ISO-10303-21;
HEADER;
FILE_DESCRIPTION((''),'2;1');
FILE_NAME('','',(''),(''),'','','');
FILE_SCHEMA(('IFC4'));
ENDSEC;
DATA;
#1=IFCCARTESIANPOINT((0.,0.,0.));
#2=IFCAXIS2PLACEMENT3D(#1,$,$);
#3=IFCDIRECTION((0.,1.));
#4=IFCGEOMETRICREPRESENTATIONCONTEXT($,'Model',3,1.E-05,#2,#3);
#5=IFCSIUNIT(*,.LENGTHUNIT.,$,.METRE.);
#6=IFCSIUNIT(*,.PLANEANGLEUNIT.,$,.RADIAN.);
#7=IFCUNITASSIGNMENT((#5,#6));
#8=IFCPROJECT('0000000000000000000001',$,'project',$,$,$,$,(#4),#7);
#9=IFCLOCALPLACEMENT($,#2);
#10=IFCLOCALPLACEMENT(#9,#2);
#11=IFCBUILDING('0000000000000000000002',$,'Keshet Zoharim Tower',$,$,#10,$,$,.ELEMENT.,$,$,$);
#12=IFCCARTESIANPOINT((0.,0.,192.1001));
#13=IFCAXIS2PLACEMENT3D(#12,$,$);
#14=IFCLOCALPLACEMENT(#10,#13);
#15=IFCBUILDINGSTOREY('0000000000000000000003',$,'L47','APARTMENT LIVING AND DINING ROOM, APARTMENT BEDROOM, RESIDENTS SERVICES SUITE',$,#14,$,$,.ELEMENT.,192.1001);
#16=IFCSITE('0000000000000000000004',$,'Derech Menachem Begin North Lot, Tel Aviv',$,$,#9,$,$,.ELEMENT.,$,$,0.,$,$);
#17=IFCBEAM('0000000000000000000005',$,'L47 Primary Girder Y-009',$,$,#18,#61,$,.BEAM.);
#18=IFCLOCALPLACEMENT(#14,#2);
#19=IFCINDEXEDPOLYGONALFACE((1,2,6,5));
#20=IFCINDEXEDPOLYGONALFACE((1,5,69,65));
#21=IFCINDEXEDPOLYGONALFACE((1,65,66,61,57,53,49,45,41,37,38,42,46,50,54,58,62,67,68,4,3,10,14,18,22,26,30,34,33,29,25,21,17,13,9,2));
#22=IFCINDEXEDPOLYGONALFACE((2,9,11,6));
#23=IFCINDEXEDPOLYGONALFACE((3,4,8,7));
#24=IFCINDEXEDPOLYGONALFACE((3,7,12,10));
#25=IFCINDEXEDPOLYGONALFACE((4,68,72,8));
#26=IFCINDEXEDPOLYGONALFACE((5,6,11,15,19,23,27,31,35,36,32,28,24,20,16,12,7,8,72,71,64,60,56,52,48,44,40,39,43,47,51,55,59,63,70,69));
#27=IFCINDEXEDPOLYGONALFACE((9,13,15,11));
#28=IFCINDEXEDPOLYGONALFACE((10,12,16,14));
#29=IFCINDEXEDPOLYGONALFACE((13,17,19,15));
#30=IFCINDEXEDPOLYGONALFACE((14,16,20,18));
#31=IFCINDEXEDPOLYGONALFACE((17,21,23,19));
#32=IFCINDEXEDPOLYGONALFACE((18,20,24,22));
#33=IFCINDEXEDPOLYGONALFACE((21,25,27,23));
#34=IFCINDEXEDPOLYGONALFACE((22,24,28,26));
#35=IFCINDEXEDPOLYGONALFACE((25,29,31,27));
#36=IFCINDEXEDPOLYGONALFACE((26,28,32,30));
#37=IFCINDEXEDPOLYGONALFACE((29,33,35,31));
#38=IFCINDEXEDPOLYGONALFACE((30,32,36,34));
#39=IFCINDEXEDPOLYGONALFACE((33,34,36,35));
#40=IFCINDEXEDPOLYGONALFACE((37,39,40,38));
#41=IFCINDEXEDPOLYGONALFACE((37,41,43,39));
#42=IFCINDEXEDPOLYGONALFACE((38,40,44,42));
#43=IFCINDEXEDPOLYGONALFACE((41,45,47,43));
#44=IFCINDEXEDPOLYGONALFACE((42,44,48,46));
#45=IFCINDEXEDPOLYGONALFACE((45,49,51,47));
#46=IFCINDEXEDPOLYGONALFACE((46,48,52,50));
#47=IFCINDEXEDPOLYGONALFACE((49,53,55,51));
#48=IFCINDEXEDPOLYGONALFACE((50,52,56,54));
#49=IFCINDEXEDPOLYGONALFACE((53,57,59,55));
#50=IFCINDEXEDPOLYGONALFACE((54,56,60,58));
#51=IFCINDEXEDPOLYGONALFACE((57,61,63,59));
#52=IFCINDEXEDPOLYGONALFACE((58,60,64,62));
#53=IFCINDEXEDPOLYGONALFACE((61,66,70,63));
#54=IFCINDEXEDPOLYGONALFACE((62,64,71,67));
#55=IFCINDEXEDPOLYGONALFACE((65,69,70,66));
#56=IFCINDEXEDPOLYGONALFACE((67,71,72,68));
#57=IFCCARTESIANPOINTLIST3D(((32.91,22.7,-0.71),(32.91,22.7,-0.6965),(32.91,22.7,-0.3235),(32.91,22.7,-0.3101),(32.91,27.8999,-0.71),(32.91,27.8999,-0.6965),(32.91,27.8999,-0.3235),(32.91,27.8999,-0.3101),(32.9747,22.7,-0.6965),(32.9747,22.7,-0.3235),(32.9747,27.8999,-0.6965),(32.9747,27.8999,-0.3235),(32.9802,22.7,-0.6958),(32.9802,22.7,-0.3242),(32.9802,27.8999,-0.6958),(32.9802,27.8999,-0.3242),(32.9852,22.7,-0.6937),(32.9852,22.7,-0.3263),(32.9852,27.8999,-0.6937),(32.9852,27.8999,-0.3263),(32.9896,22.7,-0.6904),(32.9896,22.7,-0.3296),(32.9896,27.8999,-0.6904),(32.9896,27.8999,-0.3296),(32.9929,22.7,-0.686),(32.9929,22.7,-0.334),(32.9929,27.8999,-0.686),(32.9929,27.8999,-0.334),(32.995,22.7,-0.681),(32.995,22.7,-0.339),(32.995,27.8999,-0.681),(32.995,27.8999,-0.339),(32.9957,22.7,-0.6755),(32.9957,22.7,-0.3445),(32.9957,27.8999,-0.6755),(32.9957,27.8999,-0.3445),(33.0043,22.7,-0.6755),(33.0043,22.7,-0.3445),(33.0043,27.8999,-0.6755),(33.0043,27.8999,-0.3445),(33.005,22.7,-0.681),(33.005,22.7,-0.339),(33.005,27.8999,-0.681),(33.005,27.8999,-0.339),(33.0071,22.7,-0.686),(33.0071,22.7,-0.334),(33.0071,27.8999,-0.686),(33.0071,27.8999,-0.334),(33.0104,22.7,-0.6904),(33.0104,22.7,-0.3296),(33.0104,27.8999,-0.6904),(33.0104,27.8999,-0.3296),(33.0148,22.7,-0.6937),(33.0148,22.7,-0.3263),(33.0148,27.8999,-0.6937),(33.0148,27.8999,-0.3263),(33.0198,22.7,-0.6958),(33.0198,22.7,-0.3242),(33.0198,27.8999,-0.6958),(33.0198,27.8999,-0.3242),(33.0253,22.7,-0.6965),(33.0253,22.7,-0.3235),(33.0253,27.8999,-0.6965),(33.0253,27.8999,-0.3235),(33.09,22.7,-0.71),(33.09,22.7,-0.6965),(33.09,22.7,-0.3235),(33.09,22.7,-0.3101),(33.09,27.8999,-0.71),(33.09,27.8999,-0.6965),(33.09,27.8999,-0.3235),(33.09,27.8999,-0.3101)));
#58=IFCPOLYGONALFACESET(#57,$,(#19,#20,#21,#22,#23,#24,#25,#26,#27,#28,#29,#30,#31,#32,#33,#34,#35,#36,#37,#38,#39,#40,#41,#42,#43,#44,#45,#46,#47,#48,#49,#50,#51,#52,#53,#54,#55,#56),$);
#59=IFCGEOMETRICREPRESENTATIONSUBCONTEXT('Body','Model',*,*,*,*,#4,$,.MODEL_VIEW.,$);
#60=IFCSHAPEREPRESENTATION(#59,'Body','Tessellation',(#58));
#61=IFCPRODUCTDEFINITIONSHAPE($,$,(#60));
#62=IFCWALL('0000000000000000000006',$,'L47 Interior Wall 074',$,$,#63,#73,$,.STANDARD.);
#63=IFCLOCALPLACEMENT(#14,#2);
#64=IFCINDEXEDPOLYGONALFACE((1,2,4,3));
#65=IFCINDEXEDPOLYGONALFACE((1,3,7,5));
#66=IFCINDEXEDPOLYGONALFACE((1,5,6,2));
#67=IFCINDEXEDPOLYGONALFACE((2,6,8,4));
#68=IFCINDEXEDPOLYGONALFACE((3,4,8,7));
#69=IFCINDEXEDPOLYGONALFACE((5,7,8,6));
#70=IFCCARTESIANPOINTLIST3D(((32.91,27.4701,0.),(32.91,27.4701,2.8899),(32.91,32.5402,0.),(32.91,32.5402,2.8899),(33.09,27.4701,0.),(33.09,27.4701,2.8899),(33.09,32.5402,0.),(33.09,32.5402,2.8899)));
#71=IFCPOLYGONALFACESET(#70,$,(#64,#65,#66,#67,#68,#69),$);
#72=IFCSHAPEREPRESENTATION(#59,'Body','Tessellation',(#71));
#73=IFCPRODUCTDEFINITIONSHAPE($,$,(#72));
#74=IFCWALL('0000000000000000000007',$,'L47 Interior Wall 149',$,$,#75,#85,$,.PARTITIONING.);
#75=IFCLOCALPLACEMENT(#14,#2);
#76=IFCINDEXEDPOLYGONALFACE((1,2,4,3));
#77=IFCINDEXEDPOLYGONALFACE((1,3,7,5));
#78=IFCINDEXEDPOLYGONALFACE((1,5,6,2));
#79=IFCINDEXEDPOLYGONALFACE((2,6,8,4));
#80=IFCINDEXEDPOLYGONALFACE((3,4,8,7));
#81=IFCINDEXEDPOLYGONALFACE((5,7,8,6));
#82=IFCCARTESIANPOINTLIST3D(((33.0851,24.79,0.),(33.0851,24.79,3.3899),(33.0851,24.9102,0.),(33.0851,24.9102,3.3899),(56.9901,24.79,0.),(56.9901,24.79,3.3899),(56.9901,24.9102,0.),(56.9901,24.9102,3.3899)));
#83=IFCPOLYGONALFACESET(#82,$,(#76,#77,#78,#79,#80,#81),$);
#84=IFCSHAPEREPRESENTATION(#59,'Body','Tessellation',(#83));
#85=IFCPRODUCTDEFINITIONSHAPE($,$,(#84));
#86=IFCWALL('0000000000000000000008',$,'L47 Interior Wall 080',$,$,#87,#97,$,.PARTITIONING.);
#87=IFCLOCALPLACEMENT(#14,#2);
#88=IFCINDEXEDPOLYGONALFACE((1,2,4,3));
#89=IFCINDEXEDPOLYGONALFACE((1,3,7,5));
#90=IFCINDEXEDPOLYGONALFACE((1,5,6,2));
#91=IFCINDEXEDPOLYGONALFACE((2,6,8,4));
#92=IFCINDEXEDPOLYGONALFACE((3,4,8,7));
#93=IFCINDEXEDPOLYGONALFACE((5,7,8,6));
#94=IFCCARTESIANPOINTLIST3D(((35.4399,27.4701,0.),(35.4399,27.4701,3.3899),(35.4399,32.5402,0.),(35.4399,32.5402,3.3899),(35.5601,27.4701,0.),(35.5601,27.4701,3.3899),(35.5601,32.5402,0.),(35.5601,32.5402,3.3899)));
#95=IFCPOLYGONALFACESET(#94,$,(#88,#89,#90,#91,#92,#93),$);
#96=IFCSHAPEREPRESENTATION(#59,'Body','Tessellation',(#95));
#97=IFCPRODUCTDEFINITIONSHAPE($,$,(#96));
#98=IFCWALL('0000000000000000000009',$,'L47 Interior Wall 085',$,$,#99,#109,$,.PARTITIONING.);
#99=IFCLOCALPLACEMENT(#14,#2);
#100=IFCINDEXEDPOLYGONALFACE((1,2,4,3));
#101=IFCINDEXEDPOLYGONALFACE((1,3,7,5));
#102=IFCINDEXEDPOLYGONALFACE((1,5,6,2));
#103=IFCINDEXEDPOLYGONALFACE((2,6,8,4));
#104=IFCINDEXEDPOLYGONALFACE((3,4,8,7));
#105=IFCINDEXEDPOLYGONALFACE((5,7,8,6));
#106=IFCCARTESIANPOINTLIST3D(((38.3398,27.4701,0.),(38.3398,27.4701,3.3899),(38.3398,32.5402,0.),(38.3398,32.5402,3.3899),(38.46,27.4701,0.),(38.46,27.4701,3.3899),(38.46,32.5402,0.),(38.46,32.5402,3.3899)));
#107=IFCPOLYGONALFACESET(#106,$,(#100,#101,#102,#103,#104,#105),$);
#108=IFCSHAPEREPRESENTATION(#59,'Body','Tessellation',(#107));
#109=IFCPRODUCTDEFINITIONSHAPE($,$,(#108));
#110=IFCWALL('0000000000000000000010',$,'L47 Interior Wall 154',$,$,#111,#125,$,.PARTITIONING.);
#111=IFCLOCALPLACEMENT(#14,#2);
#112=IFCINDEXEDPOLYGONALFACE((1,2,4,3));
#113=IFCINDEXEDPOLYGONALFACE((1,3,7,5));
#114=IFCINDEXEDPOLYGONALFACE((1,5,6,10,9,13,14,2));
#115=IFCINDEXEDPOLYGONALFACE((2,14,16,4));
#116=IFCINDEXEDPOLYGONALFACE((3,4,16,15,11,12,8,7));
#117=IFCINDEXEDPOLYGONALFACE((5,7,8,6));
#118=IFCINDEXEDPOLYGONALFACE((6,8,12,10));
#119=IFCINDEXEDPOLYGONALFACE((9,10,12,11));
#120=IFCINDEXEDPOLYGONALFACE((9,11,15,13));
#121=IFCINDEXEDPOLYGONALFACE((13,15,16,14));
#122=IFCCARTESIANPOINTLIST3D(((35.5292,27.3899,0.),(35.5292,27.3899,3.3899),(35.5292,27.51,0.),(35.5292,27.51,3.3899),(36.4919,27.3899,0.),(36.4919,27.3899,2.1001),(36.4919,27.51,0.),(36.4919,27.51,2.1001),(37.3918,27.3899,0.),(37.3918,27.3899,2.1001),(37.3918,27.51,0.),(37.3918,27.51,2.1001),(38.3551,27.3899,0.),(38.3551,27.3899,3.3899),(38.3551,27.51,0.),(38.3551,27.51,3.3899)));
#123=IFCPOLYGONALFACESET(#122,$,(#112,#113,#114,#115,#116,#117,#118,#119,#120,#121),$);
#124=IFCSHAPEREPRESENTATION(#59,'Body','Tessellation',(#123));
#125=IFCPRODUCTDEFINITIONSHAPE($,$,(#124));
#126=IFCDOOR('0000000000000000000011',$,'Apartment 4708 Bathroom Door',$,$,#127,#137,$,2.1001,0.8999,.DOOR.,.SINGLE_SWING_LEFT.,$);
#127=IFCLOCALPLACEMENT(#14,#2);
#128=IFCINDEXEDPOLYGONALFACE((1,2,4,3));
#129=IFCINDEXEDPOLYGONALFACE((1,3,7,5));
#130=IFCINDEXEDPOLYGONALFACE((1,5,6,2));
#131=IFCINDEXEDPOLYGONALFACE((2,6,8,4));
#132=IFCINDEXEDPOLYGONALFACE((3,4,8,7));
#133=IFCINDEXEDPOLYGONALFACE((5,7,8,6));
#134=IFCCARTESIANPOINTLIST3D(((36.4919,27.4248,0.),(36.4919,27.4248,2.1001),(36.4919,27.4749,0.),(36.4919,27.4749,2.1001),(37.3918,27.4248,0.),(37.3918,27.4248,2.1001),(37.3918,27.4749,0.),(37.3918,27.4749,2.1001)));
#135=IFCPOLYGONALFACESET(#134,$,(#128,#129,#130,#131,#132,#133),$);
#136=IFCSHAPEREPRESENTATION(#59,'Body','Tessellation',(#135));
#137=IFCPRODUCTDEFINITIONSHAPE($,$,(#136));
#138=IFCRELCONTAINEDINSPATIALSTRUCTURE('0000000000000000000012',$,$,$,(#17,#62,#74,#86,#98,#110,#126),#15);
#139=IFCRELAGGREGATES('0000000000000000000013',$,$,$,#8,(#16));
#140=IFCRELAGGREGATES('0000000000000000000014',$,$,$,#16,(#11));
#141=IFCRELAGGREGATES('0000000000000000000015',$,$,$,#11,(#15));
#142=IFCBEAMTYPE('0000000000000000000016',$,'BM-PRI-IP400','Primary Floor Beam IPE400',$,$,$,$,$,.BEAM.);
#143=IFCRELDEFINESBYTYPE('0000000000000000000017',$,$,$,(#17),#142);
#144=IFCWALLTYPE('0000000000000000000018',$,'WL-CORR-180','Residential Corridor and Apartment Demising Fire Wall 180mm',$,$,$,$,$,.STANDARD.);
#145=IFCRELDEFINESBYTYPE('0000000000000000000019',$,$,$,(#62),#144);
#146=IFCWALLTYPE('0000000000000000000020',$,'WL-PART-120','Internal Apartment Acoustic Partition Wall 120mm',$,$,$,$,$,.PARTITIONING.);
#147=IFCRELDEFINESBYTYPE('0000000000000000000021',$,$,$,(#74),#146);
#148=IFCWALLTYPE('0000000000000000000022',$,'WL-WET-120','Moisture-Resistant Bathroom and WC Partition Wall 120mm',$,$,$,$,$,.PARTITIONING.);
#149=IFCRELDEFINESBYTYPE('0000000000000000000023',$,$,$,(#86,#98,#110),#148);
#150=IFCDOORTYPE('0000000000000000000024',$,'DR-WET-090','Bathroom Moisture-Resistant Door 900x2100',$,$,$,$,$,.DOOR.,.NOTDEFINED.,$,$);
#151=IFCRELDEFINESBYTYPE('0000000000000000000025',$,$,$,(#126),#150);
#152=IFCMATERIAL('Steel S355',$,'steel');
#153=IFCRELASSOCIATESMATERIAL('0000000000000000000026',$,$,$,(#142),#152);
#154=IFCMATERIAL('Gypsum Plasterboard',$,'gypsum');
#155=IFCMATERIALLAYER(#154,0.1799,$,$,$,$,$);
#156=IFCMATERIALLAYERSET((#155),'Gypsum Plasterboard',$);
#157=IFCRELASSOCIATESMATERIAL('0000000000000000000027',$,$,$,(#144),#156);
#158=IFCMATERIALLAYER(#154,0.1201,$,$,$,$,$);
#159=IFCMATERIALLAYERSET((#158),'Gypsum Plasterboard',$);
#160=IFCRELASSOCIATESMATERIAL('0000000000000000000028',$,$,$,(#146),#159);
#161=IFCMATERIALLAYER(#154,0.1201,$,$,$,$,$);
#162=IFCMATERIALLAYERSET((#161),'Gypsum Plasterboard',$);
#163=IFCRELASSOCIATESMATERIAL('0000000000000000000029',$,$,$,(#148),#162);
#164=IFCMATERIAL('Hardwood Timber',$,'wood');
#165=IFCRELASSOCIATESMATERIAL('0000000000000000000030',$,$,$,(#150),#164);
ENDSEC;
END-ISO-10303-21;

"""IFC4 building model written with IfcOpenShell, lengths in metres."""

from ifc_helpers import new_model, si_unit, direction, frame, frame_2d, origin, origin_2d, place, context, subcontext, project, spatial, rectangle, i_section, extrude, material, layer, layer_set, material_profile, profile_set, type_object, element, fill, save


model = new_model("IFC4")

# Units and contexts
model_context = context("Model", 3, precision=1e-05, world=origin(), true_north=direction((0.0, 1.0)))
body_context = subcontext(model_context, "Body", "Model", "MODEL_VIEW")
ifc_project = project(units=[si_unit("LENGTHUNIT", "METRE"), si_unit("PLANEANGLEUNIT", "RADIAN")], contexts=[model_context])

# Site, building, storey
site_placement = place(None, origin())
site = spatial("IfcSite", under=ifc_project, at=site_placement, Name="Derech Menachem Begin North Lot, Tel Aviv", CompositionType="ELEMENT", RefElevation=0.0)
building_placement = place(site_placement, origin())
building = spatial("IfcBuilding", under=site, at=building_placement, Name="Keshet Zoharim Tower", CompositionType="ELEMENT")
storey_placement = place(building_placement, frame((0.0, 0.0, 192.1001)))
storey = spatial("IfcBuildingStorey", under=building, at=storey_placement, Name="L47", Description="APARTMENT LIVING AND DINING ROOM, APARTMENT BEDROOM, RESIDENTS SERVICES SUITE", CompositionType="ELEMENT", Elevation=192.1001)

# Beam
ifc_material_1 = material(Name="Steel S355", Category="steel")
ifc_material_profile_1 = material_profile(ifc_material_1, i_section(OverallWidth=0.1799, OverallDepth=0.3999, WebThickness=0.0085, FlangeThickness=0.0134, FilletRadius=0.021, at=origin_2d()), Name="IPE400")
ifc_profile_set_1 = profile_set([ifc_material_profile_1], Name="Steel S355")
beam_type_1 = type_object("IfcBeamType", Name="BM-PRI-IP400", Description="Primary Floor Beam IPE400", PredefinedType="BEAM", material=ifc_profile_set_1)
beam_1_placement = place(storey_placement, frame((33.0, 22.7, -0.51), z_axis=(0.0, 1.0, 0.0), x_axis=(-1.0, 0.0, 0.0)))
element("IfcBeam", 1, at=beam_1_placement, inside=storey, type_object=beam_type_1, Name="L47 Primary Girder Y-009", PredefinedType="BEAM", context=body_context, shape_type="SweptSolid", body=[
    extrude(i_section(OverallWidth=0.1799, OverallDepth=0.3999, WebThickness=0.0085, FlangeThickness=0.0134, FilletRadius=0.021, at=origin_2d()), origin(), (0.0, 0.0, 1.0), 5.2),
])

# Shared definitions
ifc_material_2 = material(Name="Gypsum Plasterboard", Category="gypsum")
ifc_layer_1 = layer(ifc_material_2, 0.1799)
ifc_layer_set_1 = layer_set([ifc_layer_1], Name="Gypsum Plasterboard")
wall_type_1 = type_object("IfcWallType", Name="WL-CORR-180", Description="Residential Corridor and Apartment Demising Fire Wall 180mm", PredefinedType="STANDARD", material=ifc_layer_set_1)
ifc_material_3 = material(Name="Hardwood Timber", Category="wood")

# Walls
wall_1_placement = place(storey_placement, frame((33.0, 27.47, 0.0), z_axis=(0.0, 0.0, 1.0), x_axis=(0.0, 1.0, 0.0)))
element("IfcWall", 2, at=wall_1_placement, inside=storey, type_object=wall_type_1, Name="L47 Interior Wall 074", PredefinedType="STANDARD", context=body_context, shape_type="SweptSolid", body=[
    extrude(rectangle(XDim=5.0701, YDim=0.1799, at=frame_2d((2.5352, 0.0))), origin(), (0.0, 0.0, 1.0), 2.8899),
])
ifc_layer_2 = layer(ifc_material_2, 0.1201)
ifc_layer_set_2 = layer_set([ifc_layer_2], Name="Gypsum Plasterboard")
wall_type_2 = type_object("IfcWallType", Name="WL-PART-120", Description="Internal Apartment Acoustic Partition Wall 120mm", PredefinedType="PARTITIONING", material=ifc_layer_set_2)
wall_2_placement = place(storey_placement, frame((33.085, 24.8501, 0.0), z_axis=(0.0, 0.0, 1.0), x_axis=(1.0, 0.0, 0.0)))
element("IfcWall", 3, at=wall_2_placement, inside=storey, type_object=wall_type_2, Name="L47 Interior Wall 149", PredefinedType="PARTITIONING", context=body_context, shape_type="SweptSolid", body=[
    extrude(rectangle(XDim=23.905, YDim=0.1201, at=frame_2d((11.9526, 0.0))), origin(), (0.0, 0.0, 1.0), 3.3899),
])

# Walls
ifc_layer_3 = layer(ifc_material_2, 0.1201)
ifc_layer_set_3 = layer_set([ifc_layer_3], Name="Gypsum Plasterboard")
wall_type_3 = type_object("IfcWallType", Name="WL-WET-120", Description="Moisture-Resistant Bathroom and WC Partition Wall 120mm", PredefinedType="PARTITIONING", material=ifc_layer_set_3)
for number, where, z_axis, x_axis, name in (
    (4, (35.5, 27.47, 0.0), (0.0, 0.0, 1.0), (0.0, 1.0, 0.0), "L47 Interior Wall 080"),
    (5, (38.3999, 27.47, 0.0), (0.0, 0.0, 1.0), (0.0, 1.0, 0.0), "L47 Interior Wall 085"),
):
    element("IfcWall", number, at=place(storey_placement, frame(where, z_axis=z_axis, x_axis=x_axis)), inside=storey, type_object=wall_type_3, Name=name, PredefinedType="PARTITIONING", context=body_context, shape_type="SweptSolid", body=[
        extrude(rectangle(XDim=5.0701, YDim=0.1201, at=frame_2d((2.5352, 0.0))), origin(), (0.0, 0.0, 1.0), 3.3899),
    ])

# Wall, opening, door
wall_3_placement = place(storey_placement, frame((35.5291, 27.45, 0.0), z_axis=(0.0, 0.0, 1.0), x_axis=(1.0, 0.0, 0.0)))
wall_3 = element("IfcWall", 6, at=wall_3_placement, inside=storey, type_object=wall_type_3, Name="L47 Interior Wall 154", PredefinedType="PARTITIONING", context=body_context, shape_type="SweptSolid", body=[
    extrude(rectangle(XDim=2.8259, YDim=0.1201, at=frame_2d((1.4131, 0.0))), origin(), (0.0, 0.0, 1.0), 3.3899),
])
opening_1_placement = place(wall_3_placement, frame((0.9629, 0.0, 0.0)))
opening_1 = element("IfcOpeningElement", 7, at=opening_1_placement, cuts=wall_3, PredefinedType="OPENING", context=body_context, shape_type="SweptSolid", body=[
    extrude(rectangle(XDim=0.8999, YDim=2.1001, at=frame_2d((0.45, 1.05))), frame((0.0, 0.0701, 0.0), z_axis=(0.0, -1.0, 0.0), x_axis=(1.0, 0.0, 0.0)), (0.0, 0.0, 1.0), 0.1401),
])
door_type_1 = type_object("IfcDoorType", Name="DR-WET-090", Description="Bathroom Moisture-Resistant Door 900x2100", OperationType="NOTDEFINED", PredefinedType="DOOR", material=ifc_material_3)
door_1_placement = place(opening_1_placement, origin())
door_1 = element("IfcDoor", 8, at=door_1_placement, inside=storey, type_object=door_type_1, Name="Apartment 4708 Bathroom Door", OperationType="SINGLE_SWING_LEFT", OverallHeight=2.1001, OverallWidth=0.8999, PredefinedType="DOOR", context=body_context, shape_type="SweptSolid", body=[
    extrude(rectangle(XDim=0.8999, YDim=2.1001, at=frame_2d((0.45, 1.05))), frame((0.0, 0.0249, 0.0), z_axis=(0.0, -1.0, 0.0), x_axis=(1.0, 0.0, 0.0)), (0.0, 0.0, 1.0), 0.05),
])
fill(opening_1, door_1)

save(model, "model.ifc")
